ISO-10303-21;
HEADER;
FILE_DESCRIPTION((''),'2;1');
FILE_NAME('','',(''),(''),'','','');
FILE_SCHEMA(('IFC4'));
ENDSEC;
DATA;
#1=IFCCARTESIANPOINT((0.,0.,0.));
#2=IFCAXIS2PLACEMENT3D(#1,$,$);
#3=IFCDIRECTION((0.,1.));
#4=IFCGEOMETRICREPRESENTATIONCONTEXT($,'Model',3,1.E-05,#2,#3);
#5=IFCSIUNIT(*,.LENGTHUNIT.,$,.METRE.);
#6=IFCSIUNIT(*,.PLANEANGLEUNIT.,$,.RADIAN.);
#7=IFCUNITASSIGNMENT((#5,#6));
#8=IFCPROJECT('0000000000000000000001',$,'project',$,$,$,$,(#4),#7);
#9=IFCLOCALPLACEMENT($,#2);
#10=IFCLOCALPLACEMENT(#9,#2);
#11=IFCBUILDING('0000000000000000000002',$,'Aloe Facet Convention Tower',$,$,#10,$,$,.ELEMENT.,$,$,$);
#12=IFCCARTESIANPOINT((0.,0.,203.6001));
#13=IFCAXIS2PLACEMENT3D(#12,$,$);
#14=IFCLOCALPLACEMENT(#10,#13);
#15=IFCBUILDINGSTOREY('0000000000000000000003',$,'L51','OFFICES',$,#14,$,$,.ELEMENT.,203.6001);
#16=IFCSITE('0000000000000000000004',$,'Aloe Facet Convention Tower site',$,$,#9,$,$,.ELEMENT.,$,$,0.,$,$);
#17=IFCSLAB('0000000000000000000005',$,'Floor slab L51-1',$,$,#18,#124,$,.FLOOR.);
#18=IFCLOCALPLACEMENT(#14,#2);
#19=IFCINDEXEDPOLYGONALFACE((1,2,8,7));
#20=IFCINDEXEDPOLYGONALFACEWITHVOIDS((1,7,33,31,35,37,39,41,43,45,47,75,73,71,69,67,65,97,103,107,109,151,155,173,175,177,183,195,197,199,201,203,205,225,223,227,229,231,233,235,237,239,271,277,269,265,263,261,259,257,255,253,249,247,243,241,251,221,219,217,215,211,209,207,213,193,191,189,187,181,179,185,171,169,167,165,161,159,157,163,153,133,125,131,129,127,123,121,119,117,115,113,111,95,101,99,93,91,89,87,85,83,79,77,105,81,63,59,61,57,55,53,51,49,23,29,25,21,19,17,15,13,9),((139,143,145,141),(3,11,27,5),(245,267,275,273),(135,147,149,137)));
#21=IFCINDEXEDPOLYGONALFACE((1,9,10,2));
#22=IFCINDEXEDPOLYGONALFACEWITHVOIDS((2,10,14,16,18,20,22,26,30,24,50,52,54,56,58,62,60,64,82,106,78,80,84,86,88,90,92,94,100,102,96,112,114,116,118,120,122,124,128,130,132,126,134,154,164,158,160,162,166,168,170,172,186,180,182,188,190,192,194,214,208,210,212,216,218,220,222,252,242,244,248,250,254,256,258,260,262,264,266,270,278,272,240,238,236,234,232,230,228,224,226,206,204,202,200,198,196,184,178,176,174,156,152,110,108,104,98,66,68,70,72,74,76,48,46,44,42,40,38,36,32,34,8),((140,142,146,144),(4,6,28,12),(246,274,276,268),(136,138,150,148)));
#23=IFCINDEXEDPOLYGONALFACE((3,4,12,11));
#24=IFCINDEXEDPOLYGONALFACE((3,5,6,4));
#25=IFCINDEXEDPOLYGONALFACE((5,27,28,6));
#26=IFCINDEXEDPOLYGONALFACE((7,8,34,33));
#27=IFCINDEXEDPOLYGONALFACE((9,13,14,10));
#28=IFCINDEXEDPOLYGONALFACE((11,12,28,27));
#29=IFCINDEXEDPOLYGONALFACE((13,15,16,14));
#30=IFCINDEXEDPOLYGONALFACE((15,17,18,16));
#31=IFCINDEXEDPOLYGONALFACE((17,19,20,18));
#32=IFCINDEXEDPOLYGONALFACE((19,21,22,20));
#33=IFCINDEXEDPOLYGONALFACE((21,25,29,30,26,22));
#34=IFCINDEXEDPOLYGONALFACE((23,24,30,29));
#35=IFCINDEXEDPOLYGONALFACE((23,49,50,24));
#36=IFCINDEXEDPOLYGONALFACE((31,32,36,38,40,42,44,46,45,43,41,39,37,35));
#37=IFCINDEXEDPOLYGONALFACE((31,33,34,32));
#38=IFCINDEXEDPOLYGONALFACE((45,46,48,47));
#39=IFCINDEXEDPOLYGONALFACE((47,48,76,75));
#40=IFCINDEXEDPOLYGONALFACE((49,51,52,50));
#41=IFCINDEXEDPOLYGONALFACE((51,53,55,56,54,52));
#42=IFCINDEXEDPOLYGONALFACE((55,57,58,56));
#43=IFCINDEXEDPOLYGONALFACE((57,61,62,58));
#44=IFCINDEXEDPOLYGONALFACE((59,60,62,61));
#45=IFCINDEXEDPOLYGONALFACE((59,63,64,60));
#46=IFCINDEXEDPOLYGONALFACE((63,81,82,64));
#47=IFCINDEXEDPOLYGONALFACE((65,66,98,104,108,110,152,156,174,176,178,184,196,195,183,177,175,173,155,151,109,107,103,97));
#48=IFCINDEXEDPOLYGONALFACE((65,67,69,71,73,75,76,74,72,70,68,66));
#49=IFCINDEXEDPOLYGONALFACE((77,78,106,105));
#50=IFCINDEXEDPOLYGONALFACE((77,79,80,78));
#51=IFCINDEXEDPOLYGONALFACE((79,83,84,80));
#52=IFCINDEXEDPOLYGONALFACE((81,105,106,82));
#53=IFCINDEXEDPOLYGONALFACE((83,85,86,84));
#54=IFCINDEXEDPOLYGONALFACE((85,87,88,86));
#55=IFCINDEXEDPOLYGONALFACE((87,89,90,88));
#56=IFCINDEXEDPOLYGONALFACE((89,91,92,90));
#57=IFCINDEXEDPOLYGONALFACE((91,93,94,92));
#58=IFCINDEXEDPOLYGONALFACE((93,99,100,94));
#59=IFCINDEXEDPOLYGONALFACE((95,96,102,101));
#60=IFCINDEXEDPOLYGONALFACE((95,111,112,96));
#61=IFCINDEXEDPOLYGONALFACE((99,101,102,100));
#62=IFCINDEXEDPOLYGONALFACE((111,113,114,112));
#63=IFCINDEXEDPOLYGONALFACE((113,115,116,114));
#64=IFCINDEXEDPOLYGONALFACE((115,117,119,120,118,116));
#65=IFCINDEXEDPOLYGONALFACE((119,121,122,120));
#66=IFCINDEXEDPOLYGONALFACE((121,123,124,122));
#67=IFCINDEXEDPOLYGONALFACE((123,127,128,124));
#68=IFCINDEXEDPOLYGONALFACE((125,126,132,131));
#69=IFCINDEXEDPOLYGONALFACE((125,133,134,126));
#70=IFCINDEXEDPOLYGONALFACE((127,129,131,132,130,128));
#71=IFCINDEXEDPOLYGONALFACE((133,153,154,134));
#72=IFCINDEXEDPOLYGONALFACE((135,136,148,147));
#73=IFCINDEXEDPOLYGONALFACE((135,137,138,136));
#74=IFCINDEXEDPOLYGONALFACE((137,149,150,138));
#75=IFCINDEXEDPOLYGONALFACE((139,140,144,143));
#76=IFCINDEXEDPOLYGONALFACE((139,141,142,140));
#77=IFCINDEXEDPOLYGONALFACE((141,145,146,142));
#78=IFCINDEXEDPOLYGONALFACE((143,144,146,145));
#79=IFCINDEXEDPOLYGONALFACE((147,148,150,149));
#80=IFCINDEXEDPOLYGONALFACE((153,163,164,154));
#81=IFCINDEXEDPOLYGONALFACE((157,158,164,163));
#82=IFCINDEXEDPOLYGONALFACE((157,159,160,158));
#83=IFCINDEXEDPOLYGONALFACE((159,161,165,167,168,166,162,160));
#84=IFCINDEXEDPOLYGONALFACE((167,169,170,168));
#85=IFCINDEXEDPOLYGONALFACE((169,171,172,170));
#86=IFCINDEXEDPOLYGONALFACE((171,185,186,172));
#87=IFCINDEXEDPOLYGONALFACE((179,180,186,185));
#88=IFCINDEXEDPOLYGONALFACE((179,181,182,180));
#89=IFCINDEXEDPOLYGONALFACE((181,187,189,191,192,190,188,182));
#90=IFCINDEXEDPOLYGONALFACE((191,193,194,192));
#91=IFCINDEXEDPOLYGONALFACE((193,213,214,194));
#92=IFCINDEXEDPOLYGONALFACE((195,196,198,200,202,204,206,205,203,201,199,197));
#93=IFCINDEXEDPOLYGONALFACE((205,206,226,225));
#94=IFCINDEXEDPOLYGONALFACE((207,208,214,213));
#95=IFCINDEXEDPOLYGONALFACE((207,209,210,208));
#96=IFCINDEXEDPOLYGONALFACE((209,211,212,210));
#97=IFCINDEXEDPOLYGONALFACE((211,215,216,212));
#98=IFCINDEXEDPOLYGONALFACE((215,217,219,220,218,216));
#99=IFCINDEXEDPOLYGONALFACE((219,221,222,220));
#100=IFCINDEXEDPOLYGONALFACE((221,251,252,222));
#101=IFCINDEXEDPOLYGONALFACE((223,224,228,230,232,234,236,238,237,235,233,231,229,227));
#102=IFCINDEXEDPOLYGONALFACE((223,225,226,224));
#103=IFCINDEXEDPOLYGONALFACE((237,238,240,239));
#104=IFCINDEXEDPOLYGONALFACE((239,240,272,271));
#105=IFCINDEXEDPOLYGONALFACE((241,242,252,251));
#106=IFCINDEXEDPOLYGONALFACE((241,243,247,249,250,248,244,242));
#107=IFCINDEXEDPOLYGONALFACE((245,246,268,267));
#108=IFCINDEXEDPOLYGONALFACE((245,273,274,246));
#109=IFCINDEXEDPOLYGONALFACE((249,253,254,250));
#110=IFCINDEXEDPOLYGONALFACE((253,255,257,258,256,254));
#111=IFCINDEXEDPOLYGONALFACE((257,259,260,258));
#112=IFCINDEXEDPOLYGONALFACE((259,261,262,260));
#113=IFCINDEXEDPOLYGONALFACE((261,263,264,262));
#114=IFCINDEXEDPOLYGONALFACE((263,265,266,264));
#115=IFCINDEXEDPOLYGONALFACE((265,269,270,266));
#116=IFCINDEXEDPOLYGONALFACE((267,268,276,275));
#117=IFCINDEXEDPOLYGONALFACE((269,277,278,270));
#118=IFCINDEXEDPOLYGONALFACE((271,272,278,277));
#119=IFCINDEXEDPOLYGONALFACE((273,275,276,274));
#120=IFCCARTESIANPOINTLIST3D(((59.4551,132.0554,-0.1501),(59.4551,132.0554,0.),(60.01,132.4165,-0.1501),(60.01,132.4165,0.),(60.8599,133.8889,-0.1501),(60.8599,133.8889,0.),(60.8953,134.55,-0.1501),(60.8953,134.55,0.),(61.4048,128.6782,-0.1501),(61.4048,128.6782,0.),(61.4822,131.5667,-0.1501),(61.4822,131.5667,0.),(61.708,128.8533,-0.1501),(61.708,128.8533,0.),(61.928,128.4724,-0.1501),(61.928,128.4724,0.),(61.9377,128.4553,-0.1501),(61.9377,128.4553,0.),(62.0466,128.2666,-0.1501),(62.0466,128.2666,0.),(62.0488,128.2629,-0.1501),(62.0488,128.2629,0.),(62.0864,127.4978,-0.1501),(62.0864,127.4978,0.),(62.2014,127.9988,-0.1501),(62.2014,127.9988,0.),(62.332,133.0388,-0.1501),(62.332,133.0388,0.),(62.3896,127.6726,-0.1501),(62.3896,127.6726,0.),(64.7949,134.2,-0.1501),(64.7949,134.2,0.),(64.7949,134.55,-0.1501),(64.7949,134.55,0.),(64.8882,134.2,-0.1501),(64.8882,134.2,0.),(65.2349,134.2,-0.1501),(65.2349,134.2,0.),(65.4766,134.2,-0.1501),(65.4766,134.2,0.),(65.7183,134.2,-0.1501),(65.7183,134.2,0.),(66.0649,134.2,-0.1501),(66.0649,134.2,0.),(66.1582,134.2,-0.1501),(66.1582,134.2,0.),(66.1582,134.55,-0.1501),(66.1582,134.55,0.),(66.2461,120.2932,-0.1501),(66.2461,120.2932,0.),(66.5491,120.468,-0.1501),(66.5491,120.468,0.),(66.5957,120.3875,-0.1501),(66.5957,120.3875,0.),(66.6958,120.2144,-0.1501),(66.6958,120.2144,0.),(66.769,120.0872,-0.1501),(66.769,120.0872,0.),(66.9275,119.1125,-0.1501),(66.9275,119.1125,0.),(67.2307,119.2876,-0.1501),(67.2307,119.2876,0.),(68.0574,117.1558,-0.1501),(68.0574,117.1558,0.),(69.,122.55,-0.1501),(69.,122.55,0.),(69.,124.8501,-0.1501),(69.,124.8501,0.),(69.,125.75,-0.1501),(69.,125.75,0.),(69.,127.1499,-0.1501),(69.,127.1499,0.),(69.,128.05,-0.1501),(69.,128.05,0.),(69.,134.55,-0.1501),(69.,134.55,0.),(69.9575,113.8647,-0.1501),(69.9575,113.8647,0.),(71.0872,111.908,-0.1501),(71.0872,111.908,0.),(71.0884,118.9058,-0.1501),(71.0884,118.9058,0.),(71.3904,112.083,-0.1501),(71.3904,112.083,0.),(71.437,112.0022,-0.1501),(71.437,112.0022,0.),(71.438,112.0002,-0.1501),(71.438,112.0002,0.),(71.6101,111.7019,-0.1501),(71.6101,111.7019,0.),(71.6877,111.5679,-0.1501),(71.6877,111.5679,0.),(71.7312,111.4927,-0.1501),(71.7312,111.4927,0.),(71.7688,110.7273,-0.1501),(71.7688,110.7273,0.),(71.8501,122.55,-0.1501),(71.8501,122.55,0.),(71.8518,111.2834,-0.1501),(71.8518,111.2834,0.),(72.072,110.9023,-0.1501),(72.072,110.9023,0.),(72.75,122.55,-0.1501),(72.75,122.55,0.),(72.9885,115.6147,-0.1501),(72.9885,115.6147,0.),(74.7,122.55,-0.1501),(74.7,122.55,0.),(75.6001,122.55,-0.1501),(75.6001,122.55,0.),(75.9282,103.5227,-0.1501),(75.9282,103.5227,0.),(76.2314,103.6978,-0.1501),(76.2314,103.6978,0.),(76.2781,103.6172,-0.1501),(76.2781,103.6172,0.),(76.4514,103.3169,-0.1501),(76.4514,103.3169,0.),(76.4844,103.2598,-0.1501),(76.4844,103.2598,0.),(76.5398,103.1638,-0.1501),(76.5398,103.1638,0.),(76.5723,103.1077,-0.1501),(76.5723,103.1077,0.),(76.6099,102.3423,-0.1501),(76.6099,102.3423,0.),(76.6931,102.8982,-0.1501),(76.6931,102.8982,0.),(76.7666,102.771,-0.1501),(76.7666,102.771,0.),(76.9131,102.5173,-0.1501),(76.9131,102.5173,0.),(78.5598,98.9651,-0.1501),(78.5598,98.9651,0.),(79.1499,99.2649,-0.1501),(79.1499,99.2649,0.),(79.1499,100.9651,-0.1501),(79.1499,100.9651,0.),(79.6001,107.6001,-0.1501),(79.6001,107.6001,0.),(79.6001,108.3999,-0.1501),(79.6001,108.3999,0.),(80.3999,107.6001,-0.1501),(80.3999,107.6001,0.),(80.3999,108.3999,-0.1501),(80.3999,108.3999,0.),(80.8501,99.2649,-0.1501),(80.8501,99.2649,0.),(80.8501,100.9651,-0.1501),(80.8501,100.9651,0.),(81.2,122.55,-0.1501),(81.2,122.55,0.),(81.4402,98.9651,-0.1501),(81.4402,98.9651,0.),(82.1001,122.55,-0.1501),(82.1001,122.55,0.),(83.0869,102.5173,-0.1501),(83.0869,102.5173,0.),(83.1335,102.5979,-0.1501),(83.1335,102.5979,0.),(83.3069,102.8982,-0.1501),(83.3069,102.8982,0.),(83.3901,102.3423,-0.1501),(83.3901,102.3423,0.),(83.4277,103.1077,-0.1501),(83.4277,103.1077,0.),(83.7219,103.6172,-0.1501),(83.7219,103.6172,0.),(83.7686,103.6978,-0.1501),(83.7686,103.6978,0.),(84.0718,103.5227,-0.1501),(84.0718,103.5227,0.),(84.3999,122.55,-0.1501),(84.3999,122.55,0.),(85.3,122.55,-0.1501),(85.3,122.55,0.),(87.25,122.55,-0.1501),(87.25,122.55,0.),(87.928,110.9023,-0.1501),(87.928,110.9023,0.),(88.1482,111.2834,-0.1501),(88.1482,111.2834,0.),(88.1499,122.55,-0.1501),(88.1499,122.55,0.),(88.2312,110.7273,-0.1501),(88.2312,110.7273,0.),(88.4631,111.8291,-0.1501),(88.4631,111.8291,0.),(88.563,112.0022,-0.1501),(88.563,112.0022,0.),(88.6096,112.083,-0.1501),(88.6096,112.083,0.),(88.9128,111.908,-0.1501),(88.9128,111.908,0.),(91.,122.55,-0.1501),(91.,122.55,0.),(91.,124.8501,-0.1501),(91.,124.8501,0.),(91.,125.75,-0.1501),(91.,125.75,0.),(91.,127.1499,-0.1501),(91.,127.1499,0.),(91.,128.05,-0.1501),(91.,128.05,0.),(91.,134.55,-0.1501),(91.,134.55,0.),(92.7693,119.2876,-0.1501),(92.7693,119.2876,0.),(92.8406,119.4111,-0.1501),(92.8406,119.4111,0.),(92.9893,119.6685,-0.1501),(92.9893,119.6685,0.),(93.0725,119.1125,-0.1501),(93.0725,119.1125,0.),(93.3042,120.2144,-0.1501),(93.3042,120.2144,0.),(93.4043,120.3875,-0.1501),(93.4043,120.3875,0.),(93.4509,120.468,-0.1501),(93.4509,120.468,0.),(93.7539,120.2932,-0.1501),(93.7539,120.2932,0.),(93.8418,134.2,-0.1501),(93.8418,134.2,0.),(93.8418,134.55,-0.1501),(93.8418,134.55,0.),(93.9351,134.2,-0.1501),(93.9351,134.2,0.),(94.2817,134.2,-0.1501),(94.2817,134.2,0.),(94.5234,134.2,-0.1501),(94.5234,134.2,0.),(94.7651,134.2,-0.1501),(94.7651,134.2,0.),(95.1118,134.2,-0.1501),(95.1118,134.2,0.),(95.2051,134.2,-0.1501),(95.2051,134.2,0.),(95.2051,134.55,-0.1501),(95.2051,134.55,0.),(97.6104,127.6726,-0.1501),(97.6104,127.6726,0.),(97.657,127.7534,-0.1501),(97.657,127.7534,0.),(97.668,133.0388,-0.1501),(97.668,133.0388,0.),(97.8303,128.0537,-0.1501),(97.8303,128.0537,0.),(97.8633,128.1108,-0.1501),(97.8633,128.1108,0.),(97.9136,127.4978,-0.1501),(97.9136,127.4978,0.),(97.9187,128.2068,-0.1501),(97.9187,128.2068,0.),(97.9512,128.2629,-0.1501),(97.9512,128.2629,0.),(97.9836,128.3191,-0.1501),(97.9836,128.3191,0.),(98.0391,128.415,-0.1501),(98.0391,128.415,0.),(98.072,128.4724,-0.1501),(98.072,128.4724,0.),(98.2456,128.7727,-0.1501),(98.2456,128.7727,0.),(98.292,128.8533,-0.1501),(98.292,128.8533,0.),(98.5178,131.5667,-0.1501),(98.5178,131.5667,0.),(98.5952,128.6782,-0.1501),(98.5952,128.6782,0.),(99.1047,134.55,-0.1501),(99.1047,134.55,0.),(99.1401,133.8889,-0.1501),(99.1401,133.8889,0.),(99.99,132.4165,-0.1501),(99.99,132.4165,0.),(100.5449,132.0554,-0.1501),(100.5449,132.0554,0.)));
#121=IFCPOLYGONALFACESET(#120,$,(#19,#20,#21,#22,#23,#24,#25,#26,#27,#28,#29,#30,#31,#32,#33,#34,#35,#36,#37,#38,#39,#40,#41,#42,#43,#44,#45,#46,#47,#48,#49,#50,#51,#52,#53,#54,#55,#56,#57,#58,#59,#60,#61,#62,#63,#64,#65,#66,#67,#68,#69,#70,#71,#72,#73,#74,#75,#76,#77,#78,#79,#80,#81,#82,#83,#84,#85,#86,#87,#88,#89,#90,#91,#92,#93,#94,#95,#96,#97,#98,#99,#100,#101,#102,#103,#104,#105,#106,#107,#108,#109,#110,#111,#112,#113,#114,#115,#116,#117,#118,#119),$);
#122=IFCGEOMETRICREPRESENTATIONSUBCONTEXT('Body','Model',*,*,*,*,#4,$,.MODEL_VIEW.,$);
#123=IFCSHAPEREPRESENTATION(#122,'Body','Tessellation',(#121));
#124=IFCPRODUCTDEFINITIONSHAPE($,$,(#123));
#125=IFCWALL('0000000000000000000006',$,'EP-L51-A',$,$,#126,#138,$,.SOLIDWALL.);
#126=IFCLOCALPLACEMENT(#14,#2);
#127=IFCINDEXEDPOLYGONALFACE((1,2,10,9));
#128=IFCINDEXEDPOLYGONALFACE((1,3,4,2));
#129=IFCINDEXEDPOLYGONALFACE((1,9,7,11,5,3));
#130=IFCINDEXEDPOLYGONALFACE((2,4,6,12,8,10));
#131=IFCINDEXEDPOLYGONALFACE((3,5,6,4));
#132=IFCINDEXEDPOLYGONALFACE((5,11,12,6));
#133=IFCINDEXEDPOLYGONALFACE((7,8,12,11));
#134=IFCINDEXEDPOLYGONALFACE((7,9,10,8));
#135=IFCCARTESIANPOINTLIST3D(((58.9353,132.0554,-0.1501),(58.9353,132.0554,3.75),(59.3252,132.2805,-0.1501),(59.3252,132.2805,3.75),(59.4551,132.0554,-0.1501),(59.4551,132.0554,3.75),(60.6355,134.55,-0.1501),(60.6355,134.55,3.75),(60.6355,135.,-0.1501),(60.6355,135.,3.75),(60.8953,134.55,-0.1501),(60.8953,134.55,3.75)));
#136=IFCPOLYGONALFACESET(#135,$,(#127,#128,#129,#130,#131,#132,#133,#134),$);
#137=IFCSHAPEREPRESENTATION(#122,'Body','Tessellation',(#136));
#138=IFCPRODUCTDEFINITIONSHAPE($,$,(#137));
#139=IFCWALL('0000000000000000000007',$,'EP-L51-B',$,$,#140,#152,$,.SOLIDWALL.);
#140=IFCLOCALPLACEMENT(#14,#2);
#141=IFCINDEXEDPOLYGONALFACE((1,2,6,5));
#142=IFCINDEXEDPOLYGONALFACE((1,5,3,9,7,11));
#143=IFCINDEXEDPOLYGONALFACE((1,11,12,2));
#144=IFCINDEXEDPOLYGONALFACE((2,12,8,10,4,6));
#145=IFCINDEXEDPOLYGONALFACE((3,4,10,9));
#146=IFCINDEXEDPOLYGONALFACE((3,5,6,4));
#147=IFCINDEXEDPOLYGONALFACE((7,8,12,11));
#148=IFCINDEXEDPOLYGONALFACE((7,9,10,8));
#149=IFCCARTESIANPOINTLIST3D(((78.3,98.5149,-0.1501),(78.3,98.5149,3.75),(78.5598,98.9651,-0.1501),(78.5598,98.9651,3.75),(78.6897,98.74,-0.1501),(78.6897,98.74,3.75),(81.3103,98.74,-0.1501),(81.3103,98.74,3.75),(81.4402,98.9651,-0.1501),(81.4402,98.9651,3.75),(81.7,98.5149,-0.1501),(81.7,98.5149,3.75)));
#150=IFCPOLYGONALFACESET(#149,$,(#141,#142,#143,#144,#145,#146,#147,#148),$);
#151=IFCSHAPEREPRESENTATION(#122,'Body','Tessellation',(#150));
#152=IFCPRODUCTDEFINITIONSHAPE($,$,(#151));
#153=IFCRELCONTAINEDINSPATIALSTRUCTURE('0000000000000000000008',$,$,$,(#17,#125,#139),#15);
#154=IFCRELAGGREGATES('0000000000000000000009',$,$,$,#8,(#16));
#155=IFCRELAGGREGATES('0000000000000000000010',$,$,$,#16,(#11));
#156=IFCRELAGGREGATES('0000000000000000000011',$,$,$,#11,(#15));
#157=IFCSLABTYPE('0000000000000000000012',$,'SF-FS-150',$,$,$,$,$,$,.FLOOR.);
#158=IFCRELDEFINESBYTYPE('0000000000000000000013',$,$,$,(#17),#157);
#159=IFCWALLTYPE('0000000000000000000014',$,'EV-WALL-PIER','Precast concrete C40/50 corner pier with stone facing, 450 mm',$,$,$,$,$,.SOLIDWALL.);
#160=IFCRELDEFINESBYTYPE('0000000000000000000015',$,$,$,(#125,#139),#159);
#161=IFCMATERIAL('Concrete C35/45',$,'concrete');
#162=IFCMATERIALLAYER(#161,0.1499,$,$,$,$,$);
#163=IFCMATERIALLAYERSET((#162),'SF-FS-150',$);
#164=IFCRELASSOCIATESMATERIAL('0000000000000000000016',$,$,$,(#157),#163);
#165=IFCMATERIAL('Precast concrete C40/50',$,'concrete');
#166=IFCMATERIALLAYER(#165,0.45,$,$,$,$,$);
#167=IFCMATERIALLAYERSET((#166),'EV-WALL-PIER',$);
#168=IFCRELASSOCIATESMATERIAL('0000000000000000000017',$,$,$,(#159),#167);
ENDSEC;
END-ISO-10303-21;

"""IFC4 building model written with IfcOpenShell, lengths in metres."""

from ifc_helpers import new_model, si_unit, direction, frame, origin, place, context, subcontext, project, spatial, polyline, outline, extrude, material, layer, layer_set, type_object, element, save


model = new_model("IFC4")

# Units and contexts
model_context = context("Model", 3, precision=1e-05, world=origin(), true_north=direction((0.0, 1.0)))
body_context = subcontext(model_context, "Body", "Model", "MODEL_VIEW")
ifc_project = project(units=[si_unit("LENGTHUNIT", "METRE"), si_unit("PLANEANGLEUNIT", "RADIAN")], contexts=[model_context])

# Site, building, storey
site_placement = place(None, origin())
site = spatial("IfcSite", under=ifc_project, at=site_placement, Name="Aloe Facet Convention Tower site", CompositionType="ELEMENT", RefElevation=0.0)
building_placement = place(site_placement, origin())
building = spatial("IfcBuilding", under=site, at=building_placement, Name="Aloe Facet Convention Tower", CompositionType="ELEMENT")
storey_placement = place(building_placement, frame((0.0, 0.0, 203.6001)))
storey = spatial("IfcBuildingStorey", under=building, at=storey_placement, Name="L51", Description="OFFICES", CompositionType="ELEMENT", Elevation=203.6001)

# Slab
ifc_material_1 = material(Name="Concrete C35/45", Category="concrete")
ifc_layer_1 = layer(ifc_material_1, 0.1499)
ifc_layer_set_1 = layer_set([ifc_layer_1], Name="SF-FS-150")
slab_type_1 = type_object("IfcSlabType", Name="SF-FS-150", PredefinedType="FLOOR", material=ifc_layer_set_1)
slab_1_placement = place(storey_placement, frame((0.0, 0.0, -0.1501)))
element("IfcSlab", 1, at=slab_1_placement, inside=storey, type_object=slab_type_1, Name="Floor slab L51-1", PredefinedType="FLOOR", context=body_context, shape_type="SweptSolid", body=[
    extrude(outline(polyline([(66.9275, 119.1125), (67.2307, 119.2876), (66.769, 120.0872), (66.6958, 120.2144), (66.5957, 120.3875), (66.5491, 120.468), (66.2461, 120.2932), (62.0864, 127.4978), (62.3896, 127.6726), (62.2014, 127.9988), (62.0488, 128.2629), (62.0466, 128.2666), (61.9377, 128.4553), (61.928, 128.4724), (61.708, 128.8533), (61.4048, 128.6782), (59.4551, 132.0554), (60.8953, 134.55), (64.7949, 134.55), (64.7949, 134.2), (64.8882, 134.2), (65.2349, 134.2), (65.4766, 134.2), (65.7183, 134.2), (66.0649, 134.2), (66.1582, 134.2), (66.1582, 134.55), (69.0, 134.55), (69.0, 128.05), (69.0, 127.1499), (69.0, 125.75), (69.0, 124.8501), (69.0, 122.55), (71.8501, 122.55), (72.75, 122.55), (74.7, 122.55), (75.6001, 122.55), (81.2, 122.55), (82.1001, 122.55), (84.3999, 122.55), (85.3, 122.55), (87.25, 122.55), (88.1499, 122.55), (91.0, 122.55), (91.0, 124.8501), (91.0, 125.75), (91.0, 127.1499), (91.0, 128.05), (91.0, 134.55), (93.8418, 134.55), (93.8418, 134.2), (93.9351, 134.2), (94.2817, 134.2), (94.5234, 134.2), (94.7651, 134.2), (95.1118, 134.2), (95.2051, 134.2), (95.2051, 134.55), (99.1047, 134.55), (100.5449, 132.0554), (98.5952, 128.6782), (98.292, 128.8533), (98.2456, 128.7727), (98.072, 128.4724), (98.0391, 128.415), (97.9836, 128.3191), (97.9512, 128.2629), (97.9187, 128.2068), (97.8633, 128.1108), (97.8303, 128.0537), (97.657, 127.7534), (97.6104, 127.6726), (97.9136, 127.4978), (93.7539, 120.2932), (93.4509, 120.468), (93.4043, 120.3875), (93.3042, 120.2144), (92.9893, 119.6685), (92.8406, 119.4111), (92.7693, 119.2876), (93.0725, 119.1125), (88.9128, 111.908), (88.6096, 112.083), (88.563, 112.0022), (88.4631, 111.8291), (88.1482, 111.2834), (87.928, 110.9023), (88.2312, 110.7273), (84.0718, 103.5227), (83.7686, 103.6978), (83.7219, 103.6172), (83.7219, 103.6172), (83.4277, 103.1077), (83.3069, 102.8982), (83.1335, 102.5979), (83.0869, 102.5173), (83.3901, 102.3423), (81.4402, 98.9651), (78.5598, 98.9651), (76.6099, 102.3423), (76.9131, 102.5173), (76.7666, 102.771), (76.6931, 102.8982), (76.5723, 103.1077), (76.5398, 103.1638), (76.4844, 103.2598), (76.4514, 103.3169), (76.2781, 103.6172), (76.2314, 103.6978), (75.9282, 103.5227), (71.7688, 110.7273), (72.072, 110.9023), (71.8518, 111.2834), (71.7312, 111.4927), (71.6877, 111.5679), (71.6101, 111.7019), (71.438, 112.0002), (71.437, 112.0022), (71.3904, 112.083), (71.0872, 111.908), (69.9575, 113.8647), (72.9885, 115.6147), (71.0884, 118.9058), (68.0574, 117.1558), (66.9275, 119.1125)]), holes=[polyline([(62.332, 133.0388), (60.8599, 133.8889), (60.01, 132.4165), (61.4822, 131.5667), (62.332, 133.0388)]), polyline([(79.1499, 100.9651), (79.1499, 99.2649), (80.8501, 99.2649), (80.8501, 100.9651), (79.1499, 100.9651)]), polyline([(79.6001, 107.6001), (80.3999, 107.6001), (80.3999, 108.3999), (79.6001, 108.3999), (79.6001, 107.6001)]), polyline([(98.5178, 131.5667), (99.99, 132.4165), (99.1401, 133.8889), (97.668, 133.0388), (98.5178, 131.5667)])]), origin(), (0.0, 0.0, 1.0), 0.1501),
])

# Walls
ifc_material_2 = material(Name="Precast concrete C40/50", Category="concrete")
ifc_layer_2 = layer(ifc_material_2, 0.45)
ifc_layer_set_2 = layer_set([ifc_layer_2], Name="EV-WALL-PIER")
wall_type_1 = type_object("IfcWallType", Name="EV-WALL-PIER", Description="Precast concrete C40/50 corner pier with stone facing, 450 mm", PredefinedType="SOLIDWALL", material=ifc_layer_set_2)
wall_1_placement = place(storey_placement, frame((0.0, 0.0, -0.1501)))
element("IfcWall", 2, at=wall_1_placement, inside=storey, type_object=wall_type_1, Name="EP-L51-A", PredefinedType="SOLIDWALL", context=body_context, shape_type="SweptSolid", body=[
    extrude(outline(polyline([(60.6355, 135.0), (60.6355, 134.55), (60.8953, 134.55), (59.4551, 132.0554), (59.3252, 132.2805), (58.9353, 132.0554), (60.6355, 135.0)])), origin(), (0.0, 0.0, 1.0), 3.9001),
])
wall_2_placement = place(storey_placement, frame((0.0, 0.0, -0.1501)))
element("IfcWall", 3, at=wall_2_placement, inside=storey, type_object=wall_type_1, Name="EP-L51-B", PredefinedType="SOLIDWALL", context=body_context, shape_type="SweptSolid", body=[
    extrude(outline(polyline([(78.3, 98.5149), (78.6897, 98.74), (78.5598, 98.9651), (81.4402, 98.9651), (81.3103, 98.74), (81.7, 98.5149), (78.3, 98.5149)])), origin(), (0.0, 0.0, 1.0), 3.9001),
])

save(model, "model.ifc")
